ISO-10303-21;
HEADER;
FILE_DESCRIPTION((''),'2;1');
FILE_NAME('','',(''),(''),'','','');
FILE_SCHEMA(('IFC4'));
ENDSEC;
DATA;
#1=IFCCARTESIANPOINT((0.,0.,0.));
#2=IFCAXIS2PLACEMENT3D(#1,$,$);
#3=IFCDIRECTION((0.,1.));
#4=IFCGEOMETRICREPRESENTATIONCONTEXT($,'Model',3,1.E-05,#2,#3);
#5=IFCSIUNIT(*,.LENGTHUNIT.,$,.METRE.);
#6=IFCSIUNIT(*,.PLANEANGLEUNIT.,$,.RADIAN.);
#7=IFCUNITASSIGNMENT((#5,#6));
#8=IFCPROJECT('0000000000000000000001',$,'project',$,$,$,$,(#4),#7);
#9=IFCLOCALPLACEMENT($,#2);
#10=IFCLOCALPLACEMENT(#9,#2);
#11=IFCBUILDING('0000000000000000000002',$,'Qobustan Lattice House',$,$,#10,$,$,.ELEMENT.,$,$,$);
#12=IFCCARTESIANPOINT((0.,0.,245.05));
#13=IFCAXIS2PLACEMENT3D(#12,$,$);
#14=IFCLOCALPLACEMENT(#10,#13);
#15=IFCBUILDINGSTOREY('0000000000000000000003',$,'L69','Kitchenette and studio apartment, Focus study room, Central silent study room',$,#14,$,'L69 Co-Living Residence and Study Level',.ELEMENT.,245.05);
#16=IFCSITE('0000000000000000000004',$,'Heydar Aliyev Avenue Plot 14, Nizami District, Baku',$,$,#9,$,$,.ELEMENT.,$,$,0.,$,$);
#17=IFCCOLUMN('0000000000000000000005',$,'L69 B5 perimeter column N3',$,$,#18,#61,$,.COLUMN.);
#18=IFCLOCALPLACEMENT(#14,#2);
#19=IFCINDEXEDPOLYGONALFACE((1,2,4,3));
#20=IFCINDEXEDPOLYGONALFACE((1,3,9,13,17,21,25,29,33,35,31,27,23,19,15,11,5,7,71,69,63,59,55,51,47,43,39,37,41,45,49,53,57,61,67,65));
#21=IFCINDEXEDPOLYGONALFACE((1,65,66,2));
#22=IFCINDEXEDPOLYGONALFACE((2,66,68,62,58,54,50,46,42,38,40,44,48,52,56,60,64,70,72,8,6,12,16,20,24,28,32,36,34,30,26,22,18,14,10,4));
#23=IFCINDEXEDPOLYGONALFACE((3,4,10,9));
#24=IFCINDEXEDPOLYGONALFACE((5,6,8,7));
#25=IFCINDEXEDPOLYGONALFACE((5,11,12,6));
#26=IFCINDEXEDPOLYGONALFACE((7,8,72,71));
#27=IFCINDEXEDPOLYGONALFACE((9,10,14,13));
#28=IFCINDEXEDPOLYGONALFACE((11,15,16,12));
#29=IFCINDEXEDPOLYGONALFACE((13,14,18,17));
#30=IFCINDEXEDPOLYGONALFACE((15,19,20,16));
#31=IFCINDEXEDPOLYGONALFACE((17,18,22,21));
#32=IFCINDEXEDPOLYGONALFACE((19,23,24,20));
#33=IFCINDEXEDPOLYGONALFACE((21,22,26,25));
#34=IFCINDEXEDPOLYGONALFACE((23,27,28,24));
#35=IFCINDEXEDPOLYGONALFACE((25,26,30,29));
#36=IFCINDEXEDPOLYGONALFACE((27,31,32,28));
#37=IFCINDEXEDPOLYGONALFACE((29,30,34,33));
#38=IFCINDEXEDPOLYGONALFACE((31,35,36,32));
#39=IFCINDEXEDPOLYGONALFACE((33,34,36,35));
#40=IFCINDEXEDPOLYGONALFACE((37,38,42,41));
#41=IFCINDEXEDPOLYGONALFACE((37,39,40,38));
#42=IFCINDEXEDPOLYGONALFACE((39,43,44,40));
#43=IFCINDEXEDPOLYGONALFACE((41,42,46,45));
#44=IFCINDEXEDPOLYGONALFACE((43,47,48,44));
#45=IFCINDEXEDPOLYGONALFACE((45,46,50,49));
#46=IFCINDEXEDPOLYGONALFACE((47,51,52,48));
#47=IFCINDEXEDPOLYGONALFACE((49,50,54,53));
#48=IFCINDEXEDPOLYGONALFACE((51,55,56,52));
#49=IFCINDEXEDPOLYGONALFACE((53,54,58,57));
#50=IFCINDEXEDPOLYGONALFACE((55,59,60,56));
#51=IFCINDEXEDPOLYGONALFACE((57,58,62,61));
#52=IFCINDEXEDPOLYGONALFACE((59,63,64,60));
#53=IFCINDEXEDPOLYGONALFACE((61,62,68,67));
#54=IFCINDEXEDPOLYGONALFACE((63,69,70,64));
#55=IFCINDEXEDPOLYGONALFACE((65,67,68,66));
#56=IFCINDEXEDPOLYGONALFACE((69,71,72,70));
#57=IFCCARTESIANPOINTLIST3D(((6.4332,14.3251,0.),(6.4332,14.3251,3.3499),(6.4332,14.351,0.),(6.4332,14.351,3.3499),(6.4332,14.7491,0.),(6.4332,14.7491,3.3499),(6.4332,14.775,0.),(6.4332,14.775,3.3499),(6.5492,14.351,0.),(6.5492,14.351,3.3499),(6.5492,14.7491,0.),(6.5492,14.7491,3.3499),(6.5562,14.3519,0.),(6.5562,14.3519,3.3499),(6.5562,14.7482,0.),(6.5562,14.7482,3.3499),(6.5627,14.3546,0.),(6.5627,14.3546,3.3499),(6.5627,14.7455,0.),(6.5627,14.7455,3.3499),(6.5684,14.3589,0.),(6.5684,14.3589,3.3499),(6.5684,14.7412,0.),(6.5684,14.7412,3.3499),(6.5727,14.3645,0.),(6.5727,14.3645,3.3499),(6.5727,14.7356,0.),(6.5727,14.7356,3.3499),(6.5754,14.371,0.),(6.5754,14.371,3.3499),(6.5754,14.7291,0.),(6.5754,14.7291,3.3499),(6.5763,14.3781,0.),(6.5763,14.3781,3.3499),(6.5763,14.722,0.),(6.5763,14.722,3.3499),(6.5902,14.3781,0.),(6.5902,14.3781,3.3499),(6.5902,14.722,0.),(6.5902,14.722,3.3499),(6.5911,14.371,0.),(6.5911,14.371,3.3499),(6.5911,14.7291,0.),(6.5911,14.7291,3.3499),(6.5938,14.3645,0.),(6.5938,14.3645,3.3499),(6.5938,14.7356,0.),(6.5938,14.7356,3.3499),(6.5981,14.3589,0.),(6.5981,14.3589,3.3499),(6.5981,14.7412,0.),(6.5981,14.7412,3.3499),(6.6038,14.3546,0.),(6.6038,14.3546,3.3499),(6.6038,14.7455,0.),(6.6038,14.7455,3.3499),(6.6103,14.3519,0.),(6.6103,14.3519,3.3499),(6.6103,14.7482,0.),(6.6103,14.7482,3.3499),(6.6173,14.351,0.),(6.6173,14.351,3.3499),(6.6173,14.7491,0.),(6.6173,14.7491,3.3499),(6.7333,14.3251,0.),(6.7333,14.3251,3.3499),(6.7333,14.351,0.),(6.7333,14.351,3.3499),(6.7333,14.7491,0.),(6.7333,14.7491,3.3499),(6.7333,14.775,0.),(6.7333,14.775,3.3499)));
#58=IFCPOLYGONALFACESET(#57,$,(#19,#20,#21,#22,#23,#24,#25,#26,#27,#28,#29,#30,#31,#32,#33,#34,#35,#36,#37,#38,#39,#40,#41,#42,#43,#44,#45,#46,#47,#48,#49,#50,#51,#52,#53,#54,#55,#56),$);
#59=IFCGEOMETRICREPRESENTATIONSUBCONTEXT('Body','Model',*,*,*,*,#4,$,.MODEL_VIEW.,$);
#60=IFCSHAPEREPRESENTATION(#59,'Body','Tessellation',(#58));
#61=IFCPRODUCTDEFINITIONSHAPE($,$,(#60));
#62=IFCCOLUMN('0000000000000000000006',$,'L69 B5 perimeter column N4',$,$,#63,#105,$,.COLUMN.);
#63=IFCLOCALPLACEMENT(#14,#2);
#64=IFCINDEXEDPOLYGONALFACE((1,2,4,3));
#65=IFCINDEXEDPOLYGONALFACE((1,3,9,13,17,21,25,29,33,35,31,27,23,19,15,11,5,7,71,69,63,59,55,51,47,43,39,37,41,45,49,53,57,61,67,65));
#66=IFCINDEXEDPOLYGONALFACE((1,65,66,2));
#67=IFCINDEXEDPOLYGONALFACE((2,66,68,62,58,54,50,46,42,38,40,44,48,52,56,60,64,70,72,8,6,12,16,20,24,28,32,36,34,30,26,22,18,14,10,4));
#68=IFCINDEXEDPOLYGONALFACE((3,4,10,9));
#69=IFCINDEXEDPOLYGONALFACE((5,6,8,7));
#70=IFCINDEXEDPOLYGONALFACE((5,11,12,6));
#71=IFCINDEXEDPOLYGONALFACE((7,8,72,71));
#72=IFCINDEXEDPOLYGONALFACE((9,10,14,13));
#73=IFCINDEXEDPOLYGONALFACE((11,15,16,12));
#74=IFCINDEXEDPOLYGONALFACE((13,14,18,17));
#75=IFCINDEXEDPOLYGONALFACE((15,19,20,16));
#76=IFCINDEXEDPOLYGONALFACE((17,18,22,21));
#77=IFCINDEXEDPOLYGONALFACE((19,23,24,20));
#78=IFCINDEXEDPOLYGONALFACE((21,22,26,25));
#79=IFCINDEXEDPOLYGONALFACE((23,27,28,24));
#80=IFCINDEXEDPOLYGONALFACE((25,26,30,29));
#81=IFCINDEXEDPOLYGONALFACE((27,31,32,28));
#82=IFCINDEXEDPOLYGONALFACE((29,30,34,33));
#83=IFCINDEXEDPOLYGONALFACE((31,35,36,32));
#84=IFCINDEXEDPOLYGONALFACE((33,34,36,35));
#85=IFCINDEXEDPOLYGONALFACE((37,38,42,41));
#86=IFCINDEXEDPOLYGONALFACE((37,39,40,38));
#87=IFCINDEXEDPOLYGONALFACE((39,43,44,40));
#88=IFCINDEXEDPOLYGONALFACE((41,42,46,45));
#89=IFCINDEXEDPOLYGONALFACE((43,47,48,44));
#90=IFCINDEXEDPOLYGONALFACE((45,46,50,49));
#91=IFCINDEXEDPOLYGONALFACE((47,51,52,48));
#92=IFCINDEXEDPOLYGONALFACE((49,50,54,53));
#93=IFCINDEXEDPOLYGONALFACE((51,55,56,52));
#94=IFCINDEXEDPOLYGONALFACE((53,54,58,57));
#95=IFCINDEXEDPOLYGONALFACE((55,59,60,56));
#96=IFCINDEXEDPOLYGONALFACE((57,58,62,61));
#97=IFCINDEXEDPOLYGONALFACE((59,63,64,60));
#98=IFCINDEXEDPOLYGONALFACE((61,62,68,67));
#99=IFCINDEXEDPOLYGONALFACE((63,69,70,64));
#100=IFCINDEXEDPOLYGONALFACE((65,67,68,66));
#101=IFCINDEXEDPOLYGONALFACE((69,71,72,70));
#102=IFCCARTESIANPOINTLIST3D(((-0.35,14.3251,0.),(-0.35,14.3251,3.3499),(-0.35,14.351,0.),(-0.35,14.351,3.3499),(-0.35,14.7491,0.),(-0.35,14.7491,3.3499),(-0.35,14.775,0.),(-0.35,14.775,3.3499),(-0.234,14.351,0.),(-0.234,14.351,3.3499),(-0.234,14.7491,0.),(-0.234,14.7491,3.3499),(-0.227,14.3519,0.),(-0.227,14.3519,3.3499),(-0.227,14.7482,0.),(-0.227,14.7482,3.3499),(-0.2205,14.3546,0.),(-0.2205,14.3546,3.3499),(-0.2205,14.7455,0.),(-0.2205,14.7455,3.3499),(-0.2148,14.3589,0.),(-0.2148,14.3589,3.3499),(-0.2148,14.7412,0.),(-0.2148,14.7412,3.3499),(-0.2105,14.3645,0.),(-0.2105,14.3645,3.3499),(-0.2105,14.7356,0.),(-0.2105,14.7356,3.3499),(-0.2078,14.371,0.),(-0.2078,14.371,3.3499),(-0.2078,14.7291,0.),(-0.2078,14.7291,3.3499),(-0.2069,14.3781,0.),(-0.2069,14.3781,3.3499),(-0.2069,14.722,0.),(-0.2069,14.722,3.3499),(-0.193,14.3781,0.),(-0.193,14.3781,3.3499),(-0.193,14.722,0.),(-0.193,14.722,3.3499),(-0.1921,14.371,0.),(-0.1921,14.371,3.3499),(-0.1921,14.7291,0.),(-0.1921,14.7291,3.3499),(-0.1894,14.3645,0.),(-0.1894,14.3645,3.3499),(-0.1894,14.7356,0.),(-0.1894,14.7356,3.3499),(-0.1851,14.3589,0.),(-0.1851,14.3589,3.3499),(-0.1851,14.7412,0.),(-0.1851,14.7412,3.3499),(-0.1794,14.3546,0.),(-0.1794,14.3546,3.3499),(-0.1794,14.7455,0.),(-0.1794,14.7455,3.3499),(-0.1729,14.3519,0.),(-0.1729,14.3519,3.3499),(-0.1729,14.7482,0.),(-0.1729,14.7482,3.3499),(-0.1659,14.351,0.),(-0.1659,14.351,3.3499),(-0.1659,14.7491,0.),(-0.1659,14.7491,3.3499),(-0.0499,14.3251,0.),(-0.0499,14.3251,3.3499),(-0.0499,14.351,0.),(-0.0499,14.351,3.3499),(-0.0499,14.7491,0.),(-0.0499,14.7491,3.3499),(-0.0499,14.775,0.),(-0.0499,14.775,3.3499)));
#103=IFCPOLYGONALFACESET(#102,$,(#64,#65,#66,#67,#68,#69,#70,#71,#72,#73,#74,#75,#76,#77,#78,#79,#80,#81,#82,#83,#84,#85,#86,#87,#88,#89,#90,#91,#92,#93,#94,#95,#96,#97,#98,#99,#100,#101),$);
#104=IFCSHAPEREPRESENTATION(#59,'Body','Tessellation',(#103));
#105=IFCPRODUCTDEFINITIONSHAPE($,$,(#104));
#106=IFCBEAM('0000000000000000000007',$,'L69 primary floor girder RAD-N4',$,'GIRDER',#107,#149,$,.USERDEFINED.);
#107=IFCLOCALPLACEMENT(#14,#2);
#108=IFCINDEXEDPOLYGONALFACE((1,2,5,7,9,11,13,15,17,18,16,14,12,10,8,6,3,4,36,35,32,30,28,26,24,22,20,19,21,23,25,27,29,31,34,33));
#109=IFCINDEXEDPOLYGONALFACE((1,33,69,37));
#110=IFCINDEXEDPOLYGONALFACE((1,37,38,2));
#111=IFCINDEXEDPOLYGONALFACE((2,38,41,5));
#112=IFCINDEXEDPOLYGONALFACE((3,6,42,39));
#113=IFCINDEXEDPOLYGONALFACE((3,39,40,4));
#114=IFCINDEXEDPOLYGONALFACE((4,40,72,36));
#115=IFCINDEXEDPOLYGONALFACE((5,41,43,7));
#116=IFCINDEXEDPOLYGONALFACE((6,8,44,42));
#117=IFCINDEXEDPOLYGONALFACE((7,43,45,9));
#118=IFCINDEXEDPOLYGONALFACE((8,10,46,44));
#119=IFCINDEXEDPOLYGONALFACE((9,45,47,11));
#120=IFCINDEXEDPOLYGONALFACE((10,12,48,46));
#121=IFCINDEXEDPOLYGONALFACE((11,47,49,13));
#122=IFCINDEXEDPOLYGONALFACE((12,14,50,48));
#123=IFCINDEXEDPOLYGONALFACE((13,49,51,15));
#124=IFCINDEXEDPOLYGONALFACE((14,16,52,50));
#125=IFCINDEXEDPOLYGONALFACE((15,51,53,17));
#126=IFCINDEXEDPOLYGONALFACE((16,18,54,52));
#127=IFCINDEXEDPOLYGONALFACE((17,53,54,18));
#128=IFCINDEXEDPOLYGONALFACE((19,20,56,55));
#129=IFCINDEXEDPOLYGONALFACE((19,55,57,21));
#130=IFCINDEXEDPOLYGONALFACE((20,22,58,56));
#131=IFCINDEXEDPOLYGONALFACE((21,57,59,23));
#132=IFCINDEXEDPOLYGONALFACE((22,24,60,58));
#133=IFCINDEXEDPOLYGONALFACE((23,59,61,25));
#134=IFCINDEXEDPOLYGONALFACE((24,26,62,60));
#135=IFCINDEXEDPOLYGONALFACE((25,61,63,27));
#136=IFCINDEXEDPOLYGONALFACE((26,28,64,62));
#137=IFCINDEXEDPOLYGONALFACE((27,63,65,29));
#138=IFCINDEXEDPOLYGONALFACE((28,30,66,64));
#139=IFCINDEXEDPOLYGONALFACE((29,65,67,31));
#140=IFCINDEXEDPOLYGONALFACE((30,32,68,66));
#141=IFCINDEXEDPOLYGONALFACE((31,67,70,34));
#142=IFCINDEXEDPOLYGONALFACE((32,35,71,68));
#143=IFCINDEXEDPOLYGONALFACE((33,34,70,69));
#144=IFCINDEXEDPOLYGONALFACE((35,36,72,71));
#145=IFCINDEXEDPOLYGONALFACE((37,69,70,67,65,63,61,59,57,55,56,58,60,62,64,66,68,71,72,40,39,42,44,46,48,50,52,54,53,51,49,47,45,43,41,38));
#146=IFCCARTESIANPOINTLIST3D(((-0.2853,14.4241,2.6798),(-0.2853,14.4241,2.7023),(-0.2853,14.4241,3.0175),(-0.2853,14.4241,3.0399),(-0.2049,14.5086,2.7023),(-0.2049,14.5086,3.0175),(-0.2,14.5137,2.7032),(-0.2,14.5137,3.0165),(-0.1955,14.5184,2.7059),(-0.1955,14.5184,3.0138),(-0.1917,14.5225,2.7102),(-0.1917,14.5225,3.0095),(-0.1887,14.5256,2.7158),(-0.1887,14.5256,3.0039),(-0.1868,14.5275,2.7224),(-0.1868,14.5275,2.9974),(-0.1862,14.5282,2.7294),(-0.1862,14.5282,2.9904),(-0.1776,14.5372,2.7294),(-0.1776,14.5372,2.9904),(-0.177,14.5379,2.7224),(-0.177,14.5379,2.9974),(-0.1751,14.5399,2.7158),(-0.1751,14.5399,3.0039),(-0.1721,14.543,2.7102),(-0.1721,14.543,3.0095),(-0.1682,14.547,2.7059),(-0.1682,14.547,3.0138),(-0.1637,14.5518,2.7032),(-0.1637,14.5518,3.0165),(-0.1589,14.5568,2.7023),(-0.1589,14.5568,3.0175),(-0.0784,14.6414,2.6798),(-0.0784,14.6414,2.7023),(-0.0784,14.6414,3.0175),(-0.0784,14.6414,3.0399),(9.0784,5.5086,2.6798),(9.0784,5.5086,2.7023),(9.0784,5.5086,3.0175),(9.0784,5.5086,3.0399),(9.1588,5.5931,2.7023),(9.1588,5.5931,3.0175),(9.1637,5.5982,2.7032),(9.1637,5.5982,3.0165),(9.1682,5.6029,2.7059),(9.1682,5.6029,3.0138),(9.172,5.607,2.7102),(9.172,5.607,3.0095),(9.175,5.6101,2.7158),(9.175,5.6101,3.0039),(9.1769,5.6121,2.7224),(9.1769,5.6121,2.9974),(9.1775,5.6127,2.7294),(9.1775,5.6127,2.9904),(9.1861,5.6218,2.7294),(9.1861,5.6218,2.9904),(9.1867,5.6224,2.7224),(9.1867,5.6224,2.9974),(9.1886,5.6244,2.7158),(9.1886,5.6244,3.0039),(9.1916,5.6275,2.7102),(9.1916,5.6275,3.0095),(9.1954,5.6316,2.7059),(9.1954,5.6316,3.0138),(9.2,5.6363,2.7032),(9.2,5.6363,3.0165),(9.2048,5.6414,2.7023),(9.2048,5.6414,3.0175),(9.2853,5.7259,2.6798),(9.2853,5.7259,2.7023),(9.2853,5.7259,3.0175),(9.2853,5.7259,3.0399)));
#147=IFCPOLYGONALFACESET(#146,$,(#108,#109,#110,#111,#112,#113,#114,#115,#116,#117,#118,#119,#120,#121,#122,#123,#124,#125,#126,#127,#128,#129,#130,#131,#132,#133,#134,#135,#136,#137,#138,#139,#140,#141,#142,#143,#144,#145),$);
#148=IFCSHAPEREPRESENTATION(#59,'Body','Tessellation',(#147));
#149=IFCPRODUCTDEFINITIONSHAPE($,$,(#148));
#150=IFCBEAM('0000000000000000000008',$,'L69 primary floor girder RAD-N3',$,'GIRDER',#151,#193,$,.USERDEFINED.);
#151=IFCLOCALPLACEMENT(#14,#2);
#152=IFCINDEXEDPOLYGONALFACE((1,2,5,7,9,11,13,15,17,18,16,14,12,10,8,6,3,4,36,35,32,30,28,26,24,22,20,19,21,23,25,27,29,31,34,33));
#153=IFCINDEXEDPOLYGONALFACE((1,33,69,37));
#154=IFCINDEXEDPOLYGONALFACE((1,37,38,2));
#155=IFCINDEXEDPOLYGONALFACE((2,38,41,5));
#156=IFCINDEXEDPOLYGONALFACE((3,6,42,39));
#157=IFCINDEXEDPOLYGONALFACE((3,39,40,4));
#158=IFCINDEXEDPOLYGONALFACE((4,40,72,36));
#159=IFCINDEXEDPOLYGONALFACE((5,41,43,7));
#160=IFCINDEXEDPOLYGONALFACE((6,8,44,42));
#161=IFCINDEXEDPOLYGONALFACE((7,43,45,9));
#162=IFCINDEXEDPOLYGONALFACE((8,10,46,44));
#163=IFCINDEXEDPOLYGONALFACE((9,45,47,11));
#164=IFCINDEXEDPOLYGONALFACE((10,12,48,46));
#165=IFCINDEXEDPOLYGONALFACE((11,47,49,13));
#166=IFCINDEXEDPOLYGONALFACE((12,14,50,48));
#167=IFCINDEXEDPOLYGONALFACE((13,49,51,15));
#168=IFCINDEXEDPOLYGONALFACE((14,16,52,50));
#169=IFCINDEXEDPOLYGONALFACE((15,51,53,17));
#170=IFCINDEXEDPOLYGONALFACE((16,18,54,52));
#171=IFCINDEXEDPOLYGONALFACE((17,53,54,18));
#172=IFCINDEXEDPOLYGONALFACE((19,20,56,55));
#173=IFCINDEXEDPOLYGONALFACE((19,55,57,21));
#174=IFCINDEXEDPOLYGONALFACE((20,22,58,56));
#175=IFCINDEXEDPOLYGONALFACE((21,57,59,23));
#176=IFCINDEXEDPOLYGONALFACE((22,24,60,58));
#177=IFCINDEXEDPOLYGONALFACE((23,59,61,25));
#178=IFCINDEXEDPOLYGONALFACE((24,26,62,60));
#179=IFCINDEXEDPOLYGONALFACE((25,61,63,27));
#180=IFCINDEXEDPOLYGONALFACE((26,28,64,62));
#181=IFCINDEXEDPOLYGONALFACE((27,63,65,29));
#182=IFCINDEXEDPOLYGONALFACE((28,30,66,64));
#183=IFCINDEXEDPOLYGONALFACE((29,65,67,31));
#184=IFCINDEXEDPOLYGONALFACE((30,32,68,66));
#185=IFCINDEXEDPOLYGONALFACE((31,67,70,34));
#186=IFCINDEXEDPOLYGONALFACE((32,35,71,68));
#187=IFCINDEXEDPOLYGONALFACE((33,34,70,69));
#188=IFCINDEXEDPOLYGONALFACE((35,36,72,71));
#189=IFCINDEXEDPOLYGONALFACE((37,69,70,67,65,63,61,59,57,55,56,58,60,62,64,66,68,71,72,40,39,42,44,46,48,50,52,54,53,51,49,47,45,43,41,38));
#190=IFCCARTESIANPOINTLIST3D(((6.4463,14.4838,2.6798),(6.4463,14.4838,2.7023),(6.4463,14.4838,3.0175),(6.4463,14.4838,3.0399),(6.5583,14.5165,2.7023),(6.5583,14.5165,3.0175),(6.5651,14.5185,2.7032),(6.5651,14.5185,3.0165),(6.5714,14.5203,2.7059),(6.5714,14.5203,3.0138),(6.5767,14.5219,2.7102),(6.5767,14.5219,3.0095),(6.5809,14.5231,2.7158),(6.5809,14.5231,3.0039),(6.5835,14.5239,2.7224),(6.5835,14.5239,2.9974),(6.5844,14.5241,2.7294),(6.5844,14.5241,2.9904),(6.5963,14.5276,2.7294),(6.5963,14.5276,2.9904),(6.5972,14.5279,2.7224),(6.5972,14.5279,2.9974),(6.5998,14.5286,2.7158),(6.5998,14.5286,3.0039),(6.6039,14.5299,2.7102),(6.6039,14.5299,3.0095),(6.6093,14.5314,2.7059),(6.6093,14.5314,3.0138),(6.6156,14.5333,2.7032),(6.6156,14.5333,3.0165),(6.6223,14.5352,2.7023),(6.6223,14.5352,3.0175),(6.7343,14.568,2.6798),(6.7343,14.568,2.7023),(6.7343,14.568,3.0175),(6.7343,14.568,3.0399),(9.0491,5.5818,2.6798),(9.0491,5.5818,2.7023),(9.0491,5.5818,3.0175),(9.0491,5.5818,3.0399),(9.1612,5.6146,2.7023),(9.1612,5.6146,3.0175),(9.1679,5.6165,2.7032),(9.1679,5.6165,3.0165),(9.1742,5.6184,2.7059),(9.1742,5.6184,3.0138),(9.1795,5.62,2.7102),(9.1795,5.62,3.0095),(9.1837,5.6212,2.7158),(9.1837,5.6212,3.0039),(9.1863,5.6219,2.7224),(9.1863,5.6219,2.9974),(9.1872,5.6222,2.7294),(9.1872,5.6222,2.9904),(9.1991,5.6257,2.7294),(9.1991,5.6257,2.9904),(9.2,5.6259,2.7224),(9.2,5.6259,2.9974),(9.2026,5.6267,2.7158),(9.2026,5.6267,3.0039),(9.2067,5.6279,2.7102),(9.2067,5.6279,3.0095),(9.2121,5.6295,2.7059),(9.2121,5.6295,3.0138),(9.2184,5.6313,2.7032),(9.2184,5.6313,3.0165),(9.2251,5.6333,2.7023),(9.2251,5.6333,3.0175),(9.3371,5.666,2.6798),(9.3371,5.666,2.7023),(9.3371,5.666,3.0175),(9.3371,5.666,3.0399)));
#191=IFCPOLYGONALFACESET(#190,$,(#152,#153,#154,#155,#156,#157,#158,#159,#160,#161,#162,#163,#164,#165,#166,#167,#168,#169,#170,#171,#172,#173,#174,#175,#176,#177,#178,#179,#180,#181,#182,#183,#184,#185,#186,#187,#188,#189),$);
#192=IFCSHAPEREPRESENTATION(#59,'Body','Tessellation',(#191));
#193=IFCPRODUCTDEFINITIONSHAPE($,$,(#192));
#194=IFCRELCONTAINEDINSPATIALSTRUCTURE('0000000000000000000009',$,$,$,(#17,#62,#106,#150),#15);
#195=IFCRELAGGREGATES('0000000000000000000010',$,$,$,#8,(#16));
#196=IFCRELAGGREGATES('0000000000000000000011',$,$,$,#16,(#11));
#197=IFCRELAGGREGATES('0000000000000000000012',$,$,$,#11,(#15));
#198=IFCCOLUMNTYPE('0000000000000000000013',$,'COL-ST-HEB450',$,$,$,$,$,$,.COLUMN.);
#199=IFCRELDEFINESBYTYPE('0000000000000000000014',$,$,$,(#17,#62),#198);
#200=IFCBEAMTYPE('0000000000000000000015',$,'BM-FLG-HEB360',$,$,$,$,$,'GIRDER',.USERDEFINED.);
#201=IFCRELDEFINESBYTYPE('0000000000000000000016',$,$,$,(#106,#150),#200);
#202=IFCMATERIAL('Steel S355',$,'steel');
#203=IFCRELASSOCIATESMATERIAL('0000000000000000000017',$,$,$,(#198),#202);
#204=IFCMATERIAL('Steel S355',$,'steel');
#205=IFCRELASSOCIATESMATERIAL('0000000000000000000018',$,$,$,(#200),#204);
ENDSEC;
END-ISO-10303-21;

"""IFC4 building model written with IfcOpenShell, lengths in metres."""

from ifc_helpers import new_model, si_unit, direction, frame, origin, origin_2d, place, context, subcontext, project, spatial, i_section, extrude, material, material_profile, profile_set, type_object, element, save


model = new_model("IFC4")

# Units and contexts
model_context = context("Model", 3, precision=1e-05, world=origin(), true_north=direction((0.0, 1.0)))
body_context = subcontext(model_context, "Body", "Model", "MODEL_VIEW")
ifc_project = project(units=[si_unit("LENGTHUNIT", "METRE"), si_unit("PLANEANGLEUNIT", "RADIAN")], contexts=[model_context])

# Site, building, storey
site_placement = place(None, origin())
site = spatial("IfcSite", under=ifc_project, at=site_placement, Name="Heydar Aliyev Avenue Plot 14, Nizami District, Baku", CompositionType="ELEMENT", RefElevation=0.0)
building_placement = place(site_placement, origin())
building = spatial("IfcBuilding", under=site, at=building_placement, Name="Qobustan Lattice House", CompositionType="ELEMENT")
storey_placement = place(building_placement, frame((0.0, 0.0, 245.05)))
storey = spatial("IfcBuildingStorey", under=building, at=storey_placement, Name="L69", Description="Kitchenette and studio apartment, Focus study room, Central silent study room", LongName="L69 Co-Living Residence and Study Level", CompositionType="ELEMENT", Elevation=245.05)

# Columns
ifc_material_1 = material(Name="Steel S355", Category="steel")
ifc_material_profile_1 = material_profile(ifc_material_1, i_section(OverallWidth=0.3, OverallDepth=0.45, WebThickness=0.0139, FlangeThickness=0.0259, FilletRadius=0.0271, at=origin_2d()), Name="HEB450")
ifc_profile_set_1 = profile_set([ifc_material_profile_1], Name="Steel S355")
column_type = type_object("IfcColumnType", Name="COL-ST-HEB450", PredefinedType="COLUMN", material=ifc_profile_set_1)
for number, where, z_axis, x_axis, name in (
    (1, (6.5833, 14.55, 0.0), (0.0, 0.0, 1.0), (1.0, 0.0, 0.0), "L69 B5 perimeter column N3"),
    (2, (-0.2, 14.55, 0.0), (0.0, 0.0, 1.0), (1.0, 0.0, 0.0), "L69 B5 perimeter column N4"),
):
    element("IfcColumn", number, at=place(storey_placement, frame(where, z_axis=z_axis, x_axis=x_axis)), inside=storey, type_object=column_type, Name=name, PredefinedType="COLUMN", context=body_context, shape_type="SweptSolid", body=[
        extrude(i_section(OverallWidth=0.3, OverallDepth=0.45, WebThickness=0.0139, FlangeThickness=0.0259, FilletRadius=0.0271, at=origin_2d()), origin(), (0.0, 0.0, 1.0), 3.3499),
    ])

# Beams
ifc_material_2 = material(Name="Steel S355", Category="steel")
ifc_material_profile_2 = material_profile(ifc_material_2, i_section(OverallWidth=0.3, OverallDepth=0.3601, WebThickness=0.0125, FlangeThickness=0.0225, FilletRadius=0.0271, at=origin_2d()), Name="HEB360")
ifc_profile_set_2 = profile_set([ifc_material_profile_2], Name="Steel S355")
beam_type_1 = type_object("IfcBeamType", Name="BM-FLG-HEB360", ElementType="GIRDER", PredefinedType="USERDEFINED", material=ifc_profile_set_2)
beam_1_placement = place(storey_placement, frame((-0.1819, 14.5327, 2.8599), z_axis=(0.724229, -0.68956, 0.0), x_axis=(0.68956, 0.724229, 0.0)))
element("IfcBeam", 3, at=beam_1_placement, inside=storey, type_object=beam_type_1, Name="L69 primary floor girder RAD-N4", ObjectType="GIRDER", PredefinedType="USERDEFINED", context=body_context, shape_type="SweptSolid", body=[
    extrude(i_section(OverallWidth=0.3, OverallDepth=0.3601, WebThickness=0.0125, FlangeThickness=0.0225, FilletRadius=0.0271, at=origin_2d()), origin(), (0.0, 0.0, 1.0), 12.9292),
])
beam_2_placement = place(storey_placement, frame((6.5903, 14.5259, 2.8599), z_axis=(0.280637, -0.959814, 0.0), x_axis=(0.959814, 0.280637, 0.0)))
element("IfcBeam", 4, at=beam_2_placement, inside=storey, type_object=beam_type_1, Name="L69 primary floor girder RAD-N3", ObjectType="GIRDER", PredefinedType="USERDEFINED", context=body_context, shape_type="SweptSolid", body=[
    extrude(i_section(OverallWidth=0.3, OverallDepth=0.3601, WebThickness=0.0125, FlangeThickness=0.0225, FilletRadius=0.0271, at=origin_2d()), origin(), (0.0, 0.0, 1.0), 9.2747),
])

save(model, "model.ifc")
